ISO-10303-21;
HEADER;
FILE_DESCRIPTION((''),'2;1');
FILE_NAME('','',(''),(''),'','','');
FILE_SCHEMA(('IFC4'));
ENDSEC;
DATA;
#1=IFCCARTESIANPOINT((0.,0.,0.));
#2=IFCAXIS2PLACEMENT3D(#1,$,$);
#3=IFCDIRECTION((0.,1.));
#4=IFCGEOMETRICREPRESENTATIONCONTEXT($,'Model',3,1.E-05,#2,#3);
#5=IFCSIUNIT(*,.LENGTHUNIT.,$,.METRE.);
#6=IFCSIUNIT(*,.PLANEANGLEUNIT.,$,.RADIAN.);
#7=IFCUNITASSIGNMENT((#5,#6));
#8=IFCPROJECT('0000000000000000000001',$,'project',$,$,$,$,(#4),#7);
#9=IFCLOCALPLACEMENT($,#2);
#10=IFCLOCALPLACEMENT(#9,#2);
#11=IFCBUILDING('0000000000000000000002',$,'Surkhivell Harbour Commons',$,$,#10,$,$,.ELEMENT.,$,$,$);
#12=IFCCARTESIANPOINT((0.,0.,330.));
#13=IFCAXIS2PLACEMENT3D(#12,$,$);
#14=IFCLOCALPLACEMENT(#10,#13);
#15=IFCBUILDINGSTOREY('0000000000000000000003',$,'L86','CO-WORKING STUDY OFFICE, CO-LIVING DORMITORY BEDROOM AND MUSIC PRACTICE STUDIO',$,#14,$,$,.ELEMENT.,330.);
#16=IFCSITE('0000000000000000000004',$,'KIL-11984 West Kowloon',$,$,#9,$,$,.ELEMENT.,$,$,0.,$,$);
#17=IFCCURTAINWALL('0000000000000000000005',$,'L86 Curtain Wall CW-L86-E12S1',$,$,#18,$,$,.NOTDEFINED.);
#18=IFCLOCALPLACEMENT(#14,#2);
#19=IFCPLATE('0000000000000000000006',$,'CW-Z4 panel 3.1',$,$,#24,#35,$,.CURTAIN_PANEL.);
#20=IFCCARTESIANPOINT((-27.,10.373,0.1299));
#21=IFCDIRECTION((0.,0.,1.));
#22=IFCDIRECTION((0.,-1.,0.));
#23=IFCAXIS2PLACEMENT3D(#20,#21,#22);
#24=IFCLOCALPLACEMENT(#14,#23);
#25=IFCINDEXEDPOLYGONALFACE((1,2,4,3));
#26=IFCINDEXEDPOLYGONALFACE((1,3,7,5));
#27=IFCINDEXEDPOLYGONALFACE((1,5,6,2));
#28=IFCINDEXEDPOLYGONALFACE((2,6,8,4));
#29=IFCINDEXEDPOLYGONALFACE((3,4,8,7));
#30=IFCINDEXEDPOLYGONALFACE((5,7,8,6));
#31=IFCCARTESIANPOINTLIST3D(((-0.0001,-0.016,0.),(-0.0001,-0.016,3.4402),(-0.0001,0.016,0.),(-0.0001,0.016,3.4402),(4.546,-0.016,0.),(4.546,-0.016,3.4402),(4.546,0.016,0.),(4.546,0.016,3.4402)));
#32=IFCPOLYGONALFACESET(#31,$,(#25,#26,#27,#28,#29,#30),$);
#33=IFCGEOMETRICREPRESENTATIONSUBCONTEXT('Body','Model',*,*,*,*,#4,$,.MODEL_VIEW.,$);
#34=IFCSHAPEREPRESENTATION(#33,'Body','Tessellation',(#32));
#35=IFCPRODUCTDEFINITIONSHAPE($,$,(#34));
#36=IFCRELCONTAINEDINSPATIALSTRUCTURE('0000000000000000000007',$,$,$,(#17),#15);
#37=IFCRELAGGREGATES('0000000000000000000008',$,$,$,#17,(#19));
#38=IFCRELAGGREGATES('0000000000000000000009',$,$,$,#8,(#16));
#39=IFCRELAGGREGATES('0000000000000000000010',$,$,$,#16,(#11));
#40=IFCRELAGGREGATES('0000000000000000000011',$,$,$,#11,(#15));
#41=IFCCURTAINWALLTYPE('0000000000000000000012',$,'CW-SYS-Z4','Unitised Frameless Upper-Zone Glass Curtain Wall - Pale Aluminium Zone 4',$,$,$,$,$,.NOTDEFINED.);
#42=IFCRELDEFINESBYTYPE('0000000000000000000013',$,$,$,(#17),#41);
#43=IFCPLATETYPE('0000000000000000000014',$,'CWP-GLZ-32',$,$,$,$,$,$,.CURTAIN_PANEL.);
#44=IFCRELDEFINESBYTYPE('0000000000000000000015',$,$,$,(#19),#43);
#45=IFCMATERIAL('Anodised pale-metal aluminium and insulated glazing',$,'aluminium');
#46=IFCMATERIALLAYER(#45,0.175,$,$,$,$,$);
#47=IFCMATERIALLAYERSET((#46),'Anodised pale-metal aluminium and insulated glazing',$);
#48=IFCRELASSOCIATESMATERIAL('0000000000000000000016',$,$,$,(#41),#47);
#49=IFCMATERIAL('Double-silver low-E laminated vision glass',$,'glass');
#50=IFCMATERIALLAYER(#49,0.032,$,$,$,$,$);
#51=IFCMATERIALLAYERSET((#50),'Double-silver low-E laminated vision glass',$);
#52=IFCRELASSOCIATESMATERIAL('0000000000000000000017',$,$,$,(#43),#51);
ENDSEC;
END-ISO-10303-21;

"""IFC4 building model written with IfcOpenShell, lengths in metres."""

from ifc_helpers import new_model, si_unit, direction, frame, frame_2d, origin, place, context, subcontext, project, spatial, rectangle, extrude, material, layer, layer_set, type_object, element, aggregate, save


model = new_model("IFC4")

# Units and contexts
model_context = context("Model", 3, precision=1e-05, world=origin(), true_north=direction((0.0, 1.0)))
body_context = subcontext(model_context, "Body", "Model", "MODEL_VIEW")
ifc_project = project(units=[si_unit("LENGTHUNIT", "METRE"), si_unit("PLANEANGLEUNIT", "RADIAN")], contexts=[model_context])

# Site, building, storey
site_placement = place(None, origin())
site = spatial("IfcSite", under=ifc_project, at=site_placement, Name="KIL-11984 West Kowloon", CompositionType="ELEMENT", RefElevation=0.0)
building_placement = place(site_placement, origin())
building = spatial("IfcBuilding", under=site, at=building_placement, Name="Surkhivell Harbour Commons", CompositionType="ELEMENT")
storey_placement = place(building_placement, frame((0.0, 0.0, 330.0)))
storey = spatial("IfcBuildingStorey", under=building, at=storey_placement, Name="L86", Description="CO-WORKING STUDY OFFICE, CO-LIVING DORMITORY BEDROOM AND MUSIC PRACTICE STUDIO", CompositionType="ELEMENT", Elevation=330.0)

# Curtain wall, plate
ifc_material_1 = material(Name="Anodised pale-metal aluminium and insulated glazing", Category="aluminium")
ifc_layer_1 = layer(ifc_material_1, 0.175)
ifc_layer_set_1 = layer_set([ifc_layer_1], Name="Anodised pale-metal aluminium and insulated glazing")
curtain_wall_type = type_object("IfcCurtainWallType", Name="CW-SYS-Z4", Description="Unitised Frameless Upper-Zone Glass Curtain Wall - Pale Aluminium Zone 4", PredefinedType="NOTDEFINED", material=ifc_layer_set_1)
curtain_wall_placement = place(storey_placement, origin())
curtain_wall = element("IfcCurtainWall", 1, at=curtain_wall_placement, inside=storey, type_object=curtain_wall_type, Name="L86 Curtain Wall CW-L86-E12S1", PredefinedType="NOTDEFINED")
ifc_material_2 = material(Name="Double-silver low-E laminated vision glass", Category="glass")
ifc_layer_2 = layer(ifc_material_2, 0.032)
ifc_layer_set_2 = layer_set([ifc_layer_2], Name="Double-silver low-E laminated vision glass")
plate_type = type_object("IfcPlateType", Name="CWP-GLZ-32", PredefinedType="CURTAIN_PANEL", material=ifc_layer_set_2)
plate_1_placement = place(storey_placement, frame((-27.0, 10.373, 0.1299), z_axis=(0.0, 0.0, 1.0), x_axis=(0.0, -1.0, 0.0)))
plate_1 = element("IfcPlate", 2, at=plate_1_placement, type_object=plate_type, Name="CW-Z4 panel 3.1", PredefinedType="CURTAIN_PANEL", context=body_context, shape_type="SweptSolid", body=[
    extrude(rectangle(XDim=4.5461, YDim=0.032, at=frame_2d((2.2729, 0.0))), origin(), (0.0, 0.0, 1.0), 3.4402),
])
aggregate(curtain_wall, [plate_1])

save(model, "model.ifc")
